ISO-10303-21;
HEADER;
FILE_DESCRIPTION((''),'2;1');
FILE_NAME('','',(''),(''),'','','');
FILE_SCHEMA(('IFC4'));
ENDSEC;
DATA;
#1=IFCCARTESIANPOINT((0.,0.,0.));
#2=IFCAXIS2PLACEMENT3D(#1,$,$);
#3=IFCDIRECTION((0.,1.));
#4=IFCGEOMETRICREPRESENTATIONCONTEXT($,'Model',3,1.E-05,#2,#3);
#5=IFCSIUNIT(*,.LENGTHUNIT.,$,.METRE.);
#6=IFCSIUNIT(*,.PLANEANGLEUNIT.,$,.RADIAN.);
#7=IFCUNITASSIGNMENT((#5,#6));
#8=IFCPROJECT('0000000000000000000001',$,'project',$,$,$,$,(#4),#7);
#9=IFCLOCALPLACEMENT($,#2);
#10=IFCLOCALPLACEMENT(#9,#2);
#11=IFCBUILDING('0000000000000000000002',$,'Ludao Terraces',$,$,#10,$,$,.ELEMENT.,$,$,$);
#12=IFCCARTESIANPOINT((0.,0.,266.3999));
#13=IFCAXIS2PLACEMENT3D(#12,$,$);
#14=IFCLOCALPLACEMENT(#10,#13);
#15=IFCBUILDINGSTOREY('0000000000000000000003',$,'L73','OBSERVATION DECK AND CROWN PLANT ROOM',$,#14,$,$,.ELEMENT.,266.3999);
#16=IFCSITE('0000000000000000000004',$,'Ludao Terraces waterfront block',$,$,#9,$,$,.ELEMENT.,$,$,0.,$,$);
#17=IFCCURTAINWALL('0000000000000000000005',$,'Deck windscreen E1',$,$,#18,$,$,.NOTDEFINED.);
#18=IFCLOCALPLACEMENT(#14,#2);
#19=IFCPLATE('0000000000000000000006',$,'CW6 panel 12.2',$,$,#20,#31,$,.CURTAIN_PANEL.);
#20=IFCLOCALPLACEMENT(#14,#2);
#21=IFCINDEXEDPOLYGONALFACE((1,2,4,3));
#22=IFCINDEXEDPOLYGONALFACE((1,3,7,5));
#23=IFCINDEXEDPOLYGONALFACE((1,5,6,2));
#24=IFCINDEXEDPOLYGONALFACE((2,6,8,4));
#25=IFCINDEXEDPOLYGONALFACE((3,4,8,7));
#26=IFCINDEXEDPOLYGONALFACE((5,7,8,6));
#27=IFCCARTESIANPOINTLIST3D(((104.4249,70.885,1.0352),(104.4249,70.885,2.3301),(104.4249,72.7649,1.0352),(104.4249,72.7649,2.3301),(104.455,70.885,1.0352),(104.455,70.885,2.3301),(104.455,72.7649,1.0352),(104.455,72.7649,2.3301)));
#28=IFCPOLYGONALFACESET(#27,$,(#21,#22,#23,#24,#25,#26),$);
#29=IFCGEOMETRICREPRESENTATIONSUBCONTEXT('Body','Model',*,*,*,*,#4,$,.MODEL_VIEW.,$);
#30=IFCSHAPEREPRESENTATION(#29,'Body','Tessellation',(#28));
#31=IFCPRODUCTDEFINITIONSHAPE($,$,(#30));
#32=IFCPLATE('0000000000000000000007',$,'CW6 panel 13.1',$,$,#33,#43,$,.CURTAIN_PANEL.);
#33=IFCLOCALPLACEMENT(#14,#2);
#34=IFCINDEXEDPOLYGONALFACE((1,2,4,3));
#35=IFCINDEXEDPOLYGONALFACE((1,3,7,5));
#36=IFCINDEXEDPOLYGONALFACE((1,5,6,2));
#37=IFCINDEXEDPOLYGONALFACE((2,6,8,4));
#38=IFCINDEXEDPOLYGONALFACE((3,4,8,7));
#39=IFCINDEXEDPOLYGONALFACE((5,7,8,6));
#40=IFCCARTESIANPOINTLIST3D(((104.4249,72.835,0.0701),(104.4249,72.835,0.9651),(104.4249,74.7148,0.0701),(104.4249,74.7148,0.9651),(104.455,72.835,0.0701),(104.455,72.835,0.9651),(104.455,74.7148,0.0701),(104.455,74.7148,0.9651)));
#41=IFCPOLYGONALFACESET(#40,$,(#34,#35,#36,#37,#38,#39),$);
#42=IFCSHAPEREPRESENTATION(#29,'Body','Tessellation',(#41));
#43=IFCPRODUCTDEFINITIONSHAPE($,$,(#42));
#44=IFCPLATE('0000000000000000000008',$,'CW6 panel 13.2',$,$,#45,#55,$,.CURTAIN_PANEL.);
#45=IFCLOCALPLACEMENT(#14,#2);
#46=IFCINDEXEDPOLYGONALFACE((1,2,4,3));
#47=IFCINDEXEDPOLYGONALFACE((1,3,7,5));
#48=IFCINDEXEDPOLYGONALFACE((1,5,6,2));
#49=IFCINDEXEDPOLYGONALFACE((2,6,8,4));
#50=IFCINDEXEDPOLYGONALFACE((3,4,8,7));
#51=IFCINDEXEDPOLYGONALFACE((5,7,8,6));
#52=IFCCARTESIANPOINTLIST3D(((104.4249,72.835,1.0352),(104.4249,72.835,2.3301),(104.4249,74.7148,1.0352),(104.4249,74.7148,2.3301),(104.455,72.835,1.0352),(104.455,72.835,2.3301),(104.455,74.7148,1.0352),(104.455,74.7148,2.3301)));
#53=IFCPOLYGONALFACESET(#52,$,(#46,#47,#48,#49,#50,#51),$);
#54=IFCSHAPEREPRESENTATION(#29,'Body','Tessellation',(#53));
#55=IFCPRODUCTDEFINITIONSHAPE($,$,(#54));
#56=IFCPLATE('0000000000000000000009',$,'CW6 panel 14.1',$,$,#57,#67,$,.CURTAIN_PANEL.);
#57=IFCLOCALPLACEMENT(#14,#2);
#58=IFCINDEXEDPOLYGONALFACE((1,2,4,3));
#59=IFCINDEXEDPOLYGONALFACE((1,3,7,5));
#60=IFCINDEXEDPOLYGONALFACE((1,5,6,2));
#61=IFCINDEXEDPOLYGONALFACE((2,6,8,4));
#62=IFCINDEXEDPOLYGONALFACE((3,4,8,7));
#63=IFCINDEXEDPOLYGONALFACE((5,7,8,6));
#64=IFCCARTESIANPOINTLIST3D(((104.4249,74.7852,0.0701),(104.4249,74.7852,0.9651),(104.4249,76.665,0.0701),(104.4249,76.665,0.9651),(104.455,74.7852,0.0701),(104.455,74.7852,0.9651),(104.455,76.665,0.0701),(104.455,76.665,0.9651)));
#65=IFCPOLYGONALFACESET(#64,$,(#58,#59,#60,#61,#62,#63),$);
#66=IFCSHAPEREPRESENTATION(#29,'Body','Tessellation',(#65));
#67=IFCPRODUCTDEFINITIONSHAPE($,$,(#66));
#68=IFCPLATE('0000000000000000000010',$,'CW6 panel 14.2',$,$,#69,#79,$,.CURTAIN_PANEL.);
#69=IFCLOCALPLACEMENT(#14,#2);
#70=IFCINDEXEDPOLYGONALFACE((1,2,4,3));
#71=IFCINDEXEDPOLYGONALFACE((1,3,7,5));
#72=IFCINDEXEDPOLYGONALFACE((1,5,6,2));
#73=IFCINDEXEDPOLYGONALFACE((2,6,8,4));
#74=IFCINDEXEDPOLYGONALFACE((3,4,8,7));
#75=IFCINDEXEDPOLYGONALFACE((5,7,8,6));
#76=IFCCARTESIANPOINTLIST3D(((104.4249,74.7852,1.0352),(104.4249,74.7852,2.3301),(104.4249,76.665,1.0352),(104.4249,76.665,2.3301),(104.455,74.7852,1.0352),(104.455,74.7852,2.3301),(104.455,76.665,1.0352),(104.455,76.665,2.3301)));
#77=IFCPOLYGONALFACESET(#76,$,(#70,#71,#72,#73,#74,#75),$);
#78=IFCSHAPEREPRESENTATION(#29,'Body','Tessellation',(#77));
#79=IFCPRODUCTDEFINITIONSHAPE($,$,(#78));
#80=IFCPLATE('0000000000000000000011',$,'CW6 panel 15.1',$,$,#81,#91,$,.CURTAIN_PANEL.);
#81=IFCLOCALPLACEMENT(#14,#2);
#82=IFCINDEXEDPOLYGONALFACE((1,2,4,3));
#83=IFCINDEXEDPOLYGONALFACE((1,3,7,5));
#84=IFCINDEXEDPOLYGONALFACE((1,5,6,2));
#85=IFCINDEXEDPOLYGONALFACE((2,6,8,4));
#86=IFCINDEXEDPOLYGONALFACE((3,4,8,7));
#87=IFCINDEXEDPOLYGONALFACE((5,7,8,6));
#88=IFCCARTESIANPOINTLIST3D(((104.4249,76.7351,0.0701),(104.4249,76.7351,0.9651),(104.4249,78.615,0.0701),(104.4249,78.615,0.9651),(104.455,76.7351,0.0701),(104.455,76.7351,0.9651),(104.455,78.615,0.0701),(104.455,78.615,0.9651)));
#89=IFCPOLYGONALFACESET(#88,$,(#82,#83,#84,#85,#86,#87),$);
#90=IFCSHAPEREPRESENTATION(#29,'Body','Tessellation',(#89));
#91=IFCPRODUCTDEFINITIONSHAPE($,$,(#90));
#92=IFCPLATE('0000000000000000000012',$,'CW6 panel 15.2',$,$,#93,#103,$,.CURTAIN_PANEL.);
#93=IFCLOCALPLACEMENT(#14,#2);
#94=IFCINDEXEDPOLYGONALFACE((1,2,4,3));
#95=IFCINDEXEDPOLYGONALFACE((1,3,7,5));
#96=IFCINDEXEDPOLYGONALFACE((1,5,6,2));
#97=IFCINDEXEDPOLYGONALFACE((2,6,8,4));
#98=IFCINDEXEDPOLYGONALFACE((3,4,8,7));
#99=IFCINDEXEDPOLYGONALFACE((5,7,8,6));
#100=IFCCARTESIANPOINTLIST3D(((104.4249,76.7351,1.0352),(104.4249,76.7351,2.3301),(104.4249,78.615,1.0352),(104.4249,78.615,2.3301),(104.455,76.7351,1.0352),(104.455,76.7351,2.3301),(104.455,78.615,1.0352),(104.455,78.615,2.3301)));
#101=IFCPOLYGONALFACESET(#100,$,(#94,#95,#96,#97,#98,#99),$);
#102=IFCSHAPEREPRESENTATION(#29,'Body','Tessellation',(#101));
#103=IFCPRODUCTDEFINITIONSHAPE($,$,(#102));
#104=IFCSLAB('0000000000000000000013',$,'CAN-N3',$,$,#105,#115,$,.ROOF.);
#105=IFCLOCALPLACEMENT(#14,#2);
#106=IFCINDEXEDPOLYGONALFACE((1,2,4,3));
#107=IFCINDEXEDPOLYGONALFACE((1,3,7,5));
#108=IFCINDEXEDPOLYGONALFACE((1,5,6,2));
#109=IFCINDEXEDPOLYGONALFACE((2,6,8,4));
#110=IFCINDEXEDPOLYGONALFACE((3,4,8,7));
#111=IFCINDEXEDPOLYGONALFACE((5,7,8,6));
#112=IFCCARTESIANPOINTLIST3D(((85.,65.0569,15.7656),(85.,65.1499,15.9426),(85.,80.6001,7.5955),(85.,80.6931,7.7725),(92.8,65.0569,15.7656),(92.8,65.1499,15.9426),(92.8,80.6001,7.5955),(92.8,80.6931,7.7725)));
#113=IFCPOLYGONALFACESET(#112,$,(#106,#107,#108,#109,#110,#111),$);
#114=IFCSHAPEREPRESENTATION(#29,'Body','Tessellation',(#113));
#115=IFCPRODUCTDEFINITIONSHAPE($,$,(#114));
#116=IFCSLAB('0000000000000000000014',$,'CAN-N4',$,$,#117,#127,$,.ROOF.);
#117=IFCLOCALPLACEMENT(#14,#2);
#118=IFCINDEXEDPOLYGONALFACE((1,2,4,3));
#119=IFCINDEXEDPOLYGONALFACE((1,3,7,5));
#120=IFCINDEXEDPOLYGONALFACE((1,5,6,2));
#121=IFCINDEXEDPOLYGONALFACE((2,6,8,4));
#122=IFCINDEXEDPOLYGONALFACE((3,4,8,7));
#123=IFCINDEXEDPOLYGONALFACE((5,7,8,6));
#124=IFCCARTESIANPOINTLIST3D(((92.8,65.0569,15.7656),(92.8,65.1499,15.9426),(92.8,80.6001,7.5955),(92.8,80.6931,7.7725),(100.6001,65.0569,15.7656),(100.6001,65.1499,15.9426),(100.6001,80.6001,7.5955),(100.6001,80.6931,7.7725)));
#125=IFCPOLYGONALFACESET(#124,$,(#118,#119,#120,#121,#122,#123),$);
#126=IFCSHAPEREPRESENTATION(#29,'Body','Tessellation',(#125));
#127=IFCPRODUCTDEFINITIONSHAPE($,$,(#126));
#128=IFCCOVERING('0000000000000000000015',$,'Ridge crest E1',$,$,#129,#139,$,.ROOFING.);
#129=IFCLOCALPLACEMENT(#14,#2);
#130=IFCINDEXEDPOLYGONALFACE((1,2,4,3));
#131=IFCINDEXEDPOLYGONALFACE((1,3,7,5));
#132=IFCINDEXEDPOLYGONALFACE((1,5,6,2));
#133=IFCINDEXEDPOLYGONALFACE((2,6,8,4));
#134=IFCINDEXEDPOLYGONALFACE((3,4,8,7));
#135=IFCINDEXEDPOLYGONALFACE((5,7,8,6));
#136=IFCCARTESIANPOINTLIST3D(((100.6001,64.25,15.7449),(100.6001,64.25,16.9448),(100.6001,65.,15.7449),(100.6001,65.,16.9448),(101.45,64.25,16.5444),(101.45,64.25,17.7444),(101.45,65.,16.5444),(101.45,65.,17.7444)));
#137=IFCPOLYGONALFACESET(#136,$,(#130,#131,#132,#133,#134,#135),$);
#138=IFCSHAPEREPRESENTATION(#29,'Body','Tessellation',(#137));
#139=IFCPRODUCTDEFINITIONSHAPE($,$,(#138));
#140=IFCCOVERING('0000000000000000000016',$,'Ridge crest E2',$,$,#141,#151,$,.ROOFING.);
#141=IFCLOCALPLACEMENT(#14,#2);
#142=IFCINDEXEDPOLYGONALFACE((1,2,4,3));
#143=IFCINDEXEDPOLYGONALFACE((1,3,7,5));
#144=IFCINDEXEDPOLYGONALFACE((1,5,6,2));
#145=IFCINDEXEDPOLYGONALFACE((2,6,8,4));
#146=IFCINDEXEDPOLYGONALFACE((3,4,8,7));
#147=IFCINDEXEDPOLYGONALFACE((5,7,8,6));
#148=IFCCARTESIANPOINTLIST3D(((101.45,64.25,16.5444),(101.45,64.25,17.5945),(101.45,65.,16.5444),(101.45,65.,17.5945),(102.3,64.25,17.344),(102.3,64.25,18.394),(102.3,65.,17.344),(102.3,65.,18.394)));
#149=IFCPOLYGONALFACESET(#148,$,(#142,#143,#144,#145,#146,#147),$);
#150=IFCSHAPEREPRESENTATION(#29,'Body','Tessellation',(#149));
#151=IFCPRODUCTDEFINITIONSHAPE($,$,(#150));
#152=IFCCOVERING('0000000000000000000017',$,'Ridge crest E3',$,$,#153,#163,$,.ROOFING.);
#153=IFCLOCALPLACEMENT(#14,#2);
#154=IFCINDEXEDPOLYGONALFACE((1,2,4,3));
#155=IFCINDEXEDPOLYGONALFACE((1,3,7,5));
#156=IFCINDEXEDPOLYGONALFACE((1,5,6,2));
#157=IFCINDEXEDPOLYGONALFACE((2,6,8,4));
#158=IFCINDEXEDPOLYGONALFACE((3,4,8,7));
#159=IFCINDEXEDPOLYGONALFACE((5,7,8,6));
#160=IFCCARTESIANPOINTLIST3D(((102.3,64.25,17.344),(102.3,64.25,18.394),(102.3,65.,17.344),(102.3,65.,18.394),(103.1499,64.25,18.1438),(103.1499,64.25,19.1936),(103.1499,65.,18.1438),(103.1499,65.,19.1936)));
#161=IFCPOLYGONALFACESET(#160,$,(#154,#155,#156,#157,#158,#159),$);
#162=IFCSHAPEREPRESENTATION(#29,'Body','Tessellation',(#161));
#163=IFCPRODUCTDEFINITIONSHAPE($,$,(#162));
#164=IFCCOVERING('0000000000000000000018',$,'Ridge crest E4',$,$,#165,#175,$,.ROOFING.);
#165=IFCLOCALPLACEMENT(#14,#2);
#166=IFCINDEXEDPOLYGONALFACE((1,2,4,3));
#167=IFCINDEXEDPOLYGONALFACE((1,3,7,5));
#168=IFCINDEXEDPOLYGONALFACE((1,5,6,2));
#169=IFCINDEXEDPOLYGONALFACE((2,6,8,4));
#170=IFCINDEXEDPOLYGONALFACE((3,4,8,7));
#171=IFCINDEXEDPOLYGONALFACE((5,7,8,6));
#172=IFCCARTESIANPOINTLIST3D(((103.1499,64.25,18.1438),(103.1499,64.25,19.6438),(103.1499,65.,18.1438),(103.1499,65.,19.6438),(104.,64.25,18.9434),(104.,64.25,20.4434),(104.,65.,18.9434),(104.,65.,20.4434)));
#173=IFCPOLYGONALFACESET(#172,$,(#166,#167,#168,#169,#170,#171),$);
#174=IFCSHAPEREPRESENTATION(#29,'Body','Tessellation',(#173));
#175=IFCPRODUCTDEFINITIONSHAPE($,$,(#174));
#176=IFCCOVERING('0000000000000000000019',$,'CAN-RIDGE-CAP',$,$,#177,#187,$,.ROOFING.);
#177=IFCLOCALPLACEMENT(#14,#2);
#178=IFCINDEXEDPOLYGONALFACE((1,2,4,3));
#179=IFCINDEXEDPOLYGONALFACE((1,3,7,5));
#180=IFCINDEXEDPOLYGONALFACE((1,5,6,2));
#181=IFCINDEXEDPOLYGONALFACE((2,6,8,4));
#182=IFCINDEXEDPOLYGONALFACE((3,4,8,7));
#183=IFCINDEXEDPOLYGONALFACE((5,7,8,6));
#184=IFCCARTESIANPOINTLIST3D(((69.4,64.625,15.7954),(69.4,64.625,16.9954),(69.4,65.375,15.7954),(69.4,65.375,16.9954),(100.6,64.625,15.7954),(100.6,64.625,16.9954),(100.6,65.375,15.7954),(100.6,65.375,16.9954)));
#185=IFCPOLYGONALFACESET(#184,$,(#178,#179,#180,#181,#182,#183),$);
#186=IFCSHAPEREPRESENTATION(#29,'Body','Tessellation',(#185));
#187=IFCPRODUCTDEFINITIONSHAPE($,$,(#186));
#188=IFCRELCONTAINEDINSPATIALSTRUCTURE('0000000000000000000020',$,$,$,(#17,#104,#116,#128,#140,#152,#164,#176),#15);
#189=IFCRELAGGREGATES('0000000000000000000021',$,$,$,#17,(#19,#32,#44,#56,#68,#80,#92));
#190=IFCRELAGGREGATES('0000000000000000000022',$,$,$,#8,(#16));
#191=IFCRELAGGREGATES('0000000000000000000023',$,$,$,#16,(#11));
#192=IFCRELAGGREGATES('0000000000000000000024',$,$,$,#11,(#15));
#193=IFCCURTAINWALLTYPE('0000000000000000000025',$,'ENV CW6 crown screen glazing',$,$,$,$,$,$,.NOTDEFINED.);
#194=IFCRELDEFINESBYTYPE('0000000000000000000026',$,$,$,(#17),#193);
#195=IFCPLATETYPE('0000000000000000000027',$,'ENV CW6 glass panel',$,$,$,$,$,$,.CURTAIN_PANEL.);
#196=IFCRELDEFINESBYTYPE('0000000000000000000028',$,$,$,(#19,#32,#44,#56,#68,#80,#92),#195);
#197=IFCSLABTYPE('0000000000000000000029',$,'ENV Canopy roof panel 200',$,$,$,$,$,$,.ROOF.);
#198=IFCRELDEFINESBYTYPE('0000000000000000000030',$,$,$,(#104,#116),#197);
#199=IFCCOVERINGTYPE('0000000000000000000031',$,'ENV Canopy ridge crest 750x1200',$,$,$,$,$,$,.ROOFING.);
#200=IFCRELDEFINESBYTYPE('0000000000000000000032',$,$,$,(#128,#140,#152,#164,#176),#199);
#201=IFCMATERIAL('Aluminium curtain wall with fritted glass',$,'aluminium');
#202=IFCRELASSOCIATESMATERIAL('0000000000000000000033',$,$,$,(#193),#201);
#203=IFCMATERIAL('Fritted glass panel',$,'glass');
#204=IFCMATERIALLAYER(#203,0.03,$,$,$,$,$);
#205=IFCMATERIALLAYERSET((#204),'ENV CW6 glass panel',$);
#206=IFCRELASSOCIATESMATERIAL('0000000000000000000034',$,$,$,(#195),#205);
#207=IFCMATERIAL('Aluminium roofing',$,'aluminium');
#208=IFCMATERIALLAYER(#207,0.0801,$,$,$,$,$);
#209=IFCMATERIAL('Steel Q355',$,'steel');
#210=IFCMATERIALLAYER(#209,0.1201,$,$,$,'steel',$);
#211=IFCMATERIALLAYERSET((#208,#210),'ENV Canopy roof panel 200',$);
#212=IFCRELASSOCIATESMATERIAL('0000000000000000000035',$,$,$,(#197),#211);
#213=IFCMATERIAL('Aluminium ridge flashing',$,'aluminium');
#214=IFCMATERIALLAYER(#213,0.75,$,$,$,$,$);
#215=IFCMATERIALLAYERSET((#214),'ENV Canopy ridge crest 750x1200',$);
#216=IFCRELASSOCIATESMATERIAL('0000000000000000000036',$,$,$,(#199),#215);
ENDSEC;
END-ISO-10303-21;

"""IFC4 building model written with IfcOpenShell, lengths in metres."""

from ifc_helpers import new_model, si_unit, direction, frame, origin, origin_2d, place, context, subcontext, project, spatial, polyline, rectangle, outline, extrude, material, layer, layer_set, type_object, element, aggregate, save


model = new_model("IFC4")

# Units and contexts
model_context = context("Model", 3, precision=1e-05, world=origin(), true_north=direction((0.0, 1.0)))
body_context = subcontext(model_context, "Body", "Model", "MODEL_VIEW")
ifc_project = project(units=[si_unit("LENGTHUNIT", "METRE"), si_unit("PLANEANGLEUNIT", "RADIAN")], contexts=[model_context])

# Site, building, storey
site_placement = place(None, origin())
site = spatial("IfcSite", under=ifc_project, at=site_placement, Name="Ludao Terraces waterfront block", CompositionType="ELEMENT", RefElevation=0.0)
building_placement = place(site_placement, origin())
building = spatial("IfcBuilding", under=site, at=building_placement, Name="Ludao Terraces", CompositionType="ELEMENT")
storey_placement = place(building_placement, frame((0.0, 0.0, 266.3999)))
storey = spatial("IfcBuildingStorey", under=building, at=storey_placement, Name="L73", Description="OBSERVATION DECK AND CROWN PLANT ROOM", CompositionType="ELEMENT", Elevation=266.3999)

# Shared definitions
ifc_material_1 = material(Name="Steel Q355", Category="steel")

# Curtain wall, plates
ifc_material_2 = material(Name="Aluminium curtain wall with fritted glass", Category="aluminium")
curtain_wall_type = type_object("IfcCurtainWallType", Name="ENV CW6 crown screen glazing", PredefinedType="NOTDEFINED", material=ifc_material_2)
curtain_wall_placement = place(storey_placement, origin())
curtain_wall = element("IfcCurtainWall", 1, at=curtain_wall_placement, inside=storey, type_object=curtain_wall_type, Name="Deck windscreen E1", PredefinedType="NOTDEFINED")
ifc_material_3 = material(Name="Fritted glass panel", Category="glass")
ifc_layer_1 = layer(ifc_material_3, 0.03)
ifc_layer_set_1 = layer_set([ifc_layer_1], Name="ENV CW6 glass panel")
plate_type = type_object("IfcPlateType", Name="ENV CW6 glass panel", PredefinedType="CURTAIN_PANEL", material=ifc_layer_set_1)
plate_1_placement = place(storey_placement, frame((104.4399, 71.825, 1.0352), z_axis=(0.0, 0.0, 1.0), x_axis=(0.0, 1.0, 0.0)))
plate_1 = element("IfcPlate", 2, at=plate_1_placement, type_object=plate_type, Name="CW6 panel 12.2", PredefinedType="CURTAIN_PANEL", context=body_context, shape_type="SweptSolid", body=[
    extrude(rectangle(XDim=1.8799, YDim=0.03, at=origin_2d()), origin(), (0.0, 0.0, 1.0), 1.2949),
])
plate_2_placement = place(storey_placement, frame((104.4399, 73.7749, 0.0701), z_axis=(0.0, 0.0, 1.0), x_axis=(0.0, 1.0, 0.0)))
plate_2 = element("IfcPlate", 3, at=plate_2_placement, type_object=plate_type, Name="CW6 panel 13.1", PredefinedType="CURTAIN_PANEL", context=body_context, shape_type="SweptSolid", body=[
    extrude(rectangle(XDim=1.8799, YDim=0.03, at=origin_2d()), origin(), (0.0, 0.0, 1.0), 0.895),
])
plate_3_placement = place(storey_placement, frame((104.4399, 73.7749, 1.0352), z_axis=(0.0, 0.0, 1.0), x_axis=(0.0, 1.0, 0.0)))
plate_3 = element("IfcPlate", 4, at=plate_3_placement, type_object=plate_type, Name="CW6 panel 13.2", PredefinedType="CURTAIN_PANEL", context=body_context, shape_type="SweptSolid", body=[
    extrude(rectangle(XDim=1.8799, YDim=0.03, at=origin_2d()), origin(), (0.0, 0.0, 1.0), 1.2949),
])
plate_4_placement = place(storey_placement, frame((104.4399, 75.7251, 0.0701), z_axis=(0.0, 0.0, 1.0), x_axis=(0.0, 1.0, 0.0)))
plate_4 = element("IfcPlate", 5, at=plate_4_placement, type_object=plate_type, Name="CW6 panel 14.1", PredefinedType="CURTAIN_PANEL", context=body_context, shape_type="SweptSolid", body=[
    extrude(rectangle(XDim=1.8799, YDim=0.03, at=origin_2d()), origin(), (0.0, 0.0, 1.0), 0.895),
])
plate_5_placement = place(storey_placement, frame((104.4399, 75.7251, 1.0352), z_axis=(0.0, 0.0, 1.0), x_axis=(0.0, 1.0, 0.0)))
plate_5 = element("IfcPlate", 6, at=plate_5_placement, type_object=plate_type, Name="CW6 panel 14.2", PredefinedType="CURTAIN_PANEL", context=body_context, shape_type="SweptSolid", body=[
    extrude(rectangle(XDim=1.8799, YDim=0.03, at=origin_2d()), origin(), (0.0, 0.0, 1.0), 1.2949),
])
plate_6_placement = place(storey_placement, frame((104.4399, 77.675, 0.0701), z_axis=(0.0, 0.0, 1.0), x_axis=(0.0, 1.0, 0.0)))
plate_6 = element("IfcPlate", 7, at=plate_6_placement, type_object=plate_type, Name="CW6 panel 15.1", PredefinedType="CURTAIN_PANEL", context=body_context, shape_type="SweptSolid", body=[
    extrude(rectangle(XDim=1.8799, YDim=0.03, at=origin_2d()), origin(), (0.0, 0.0, 1.0), 0.895),
])
plate_7_placement = place(storey_placement, frame((104.4399, 77.675, 1.0352), z_axis=(0.0, 0.0, 1.0), x_axis=(0.0, 1.0, 0.0)))
plate_7 = element("IfcPlate", 8, at=plate_7_placement, type_object=plate_type, Name="CW6 panel 15.2", PredefinedType="CURTAIN_PANEL", context=body_context, shape_type="SweptSolid", body=[
    extrude(rectangle(XDim=1.8799, YDim=0.03, at=origin_2d()), origin(), (0.0, 0.0, 1.0), 1.2949),
])
aggregate(curtain_wall, [plate_1, plate_2, plate_3, plate_4, plate_5, plate_6, plate_7])

# Slabs
ifc_material_4 = material(Name="Aluminium roofing", Category="aluminium")
ifc_layer_2 = layer(ifc_material_4, 0.0801)
ifc_layer_3 = layer(ifc_material_1, 0.1201, Category="steel")
ifc_layer_set_2 = layer_set([ifc_layer_2, ifc_layer_3], Name="ENV Canopy roof panel 200")
slab_type = type_object("IfcSlabType", Name="ENV Canopy roof panel 200", PredefinedType="ROOF", material=ifc_layer_set_2)
for number, where, z_axis, x_axis, name in (
    (9, (85.0, 65.1499, 15.9426), (0.0, 0.465279, 0.885164), (1.0, 0.0, 0.0), "CAN-N3"),
    (10, (92.8, 65.1499, 15.9426), (0.0, 0.465279, 0.885164), (1.0, 0.0, 0.0), "CAN-N4"),
):
    element("IfcSlab", number, at=place(storey_placement, frame(where, z_axis=z_axis, x_axis=x_axis)), inside=storey, type_object=slab_type, Name=name, PredefinedType="ROOF", context=body_context, shape_type="SweptSolid", body=[
        extrude(outline(polyline([(0.0, 0.0), (7.8, 0.0), (7.8, 17.5597), (0.0, 17.5597), (0.0, 0.0)])), origin(), (0.0, 0.0, -1.0), 0.2),
    ])

# Coverings
ifc_material_5 = material(Name="Aluminium ridge flashing", Category="aluminium")
ifc_layer_4 = layer(ifc_material_5, 0.75)
ifc_layer_set_3 = layer_set([ifc_layer_4], Name="ENV Canopy ridge crest 750x1200")
covering_type = type_object("IfcCoveringType", Name="ENV Canopy ridge crest 750x1200", PredefinedType="ROOFING", material=ifc_layer_set_3)
covering_1_placement = place(storey_placement, frame((100.6001, 65.0, 16.9448), z_axis=(0.0, 1.0, 0.0), x_axis=(0.728329, 0.0, 0.685228)))
element("IfcCovering", 11, at=covering_1_placement, inside=storey, type_object=covering_type, Name="Ridge crest E1", PredefinedType="ROOFING", context=body_context, shape_type="SweptSolid", body=[
    extrude(outline(polyline([(0.0, 0.0), (1.1669, 0.0), (0.3446, 0.874), (-0.8222, 0.874), (0.0, 0.0)])), origin(), (0.0, 0.0, -1.0), 0.75),
])
covering_2_placement = place(storey_placement, frame((101.45, 65.0, 17.5945), z_axis=(0.0, 1.0, 0.0), x_axis=(0.728427, 0.0, 0.685123)))
element("IfcCovering", 12, at=covering_2_placement, inside=storey, type_object=covering_type, Name="Ridge crest E2", PredefinedType="ROOFING", context=body_context, shape_type="SweptSolid", body=[
    extrude(outline(polyline([(0.0, 0.0), (1.167, 0.0), (0.4476, 0.7649), (-0.7194, 0.7649), (0.0, 0.0)])), origin(), (0.0, 0.0, -1.0), 0.75),
])
covering_3_placement = place(storey_placement, frame((102.3, 65.0, 18.394), z_axis=(0.0, 1.0, 0.0), x_axis=(0.728329, 0.0, 0.685228)))
element("IfcCovering", 13, at=covering_3_placement, inside=storey, type_object=covering_type, Name="Ridge crest E3", PredefinedType="ROOFING", context=body_context, shape_type="SweptSolid", body=[
    extrude(outline(polyline([(0.0, 0.0), (1.1669, 0.0), (0.4475, 0.7646), (-0.7195, 0.7648), (0.0, 0.0)])), origin(), (0.0, 0.0, -1.0), 0.75),
])
covering_4_placement = place(storey_placement, frame((103.1499, 65.0, 19.6438), z_axis=(0.0, 1.0, 0.0), x_axis=(0.728427, 0.0, 0.685123)))
element("IfcCovering", 14, at=covering_4_placement, inside=storey, type_object=covering_type, Name="Ridge crest E4", PredefinedType="ROOFING", context=body_context, shape_type="SweptSolid", body=[
    extrude(outline(polyline([(0.0, 0.0), (1.167, 0.0), (0.1393, 1.0926), (-1.0277, 1.0926), (0.0, 0.0)])), origin(), (0.0, 0.0, -1.0), 0.75),
])
covering_5_placement = place(storey_placement, frame((85.0, 65.0, 15.7954), z_axis=(0.0, 0.0, 1.0), x_axis=(1.0, 0.0, 0.0)))
element("IfcCovering", 15, at=covering_5_placement, inside=storey, type_object=covering_type, Name="CAN-RIDGE-CAP", PredefinedType="ROOFING", context=body_context, shape_type="SweptSolid", body=[
    extrude(rectangle(XDim=31.2, YDim=0.75, at=origin_2d()), origin(), (0.0, 0.0, 1.0), 1.2),
])

save(model, "model.ifc")
